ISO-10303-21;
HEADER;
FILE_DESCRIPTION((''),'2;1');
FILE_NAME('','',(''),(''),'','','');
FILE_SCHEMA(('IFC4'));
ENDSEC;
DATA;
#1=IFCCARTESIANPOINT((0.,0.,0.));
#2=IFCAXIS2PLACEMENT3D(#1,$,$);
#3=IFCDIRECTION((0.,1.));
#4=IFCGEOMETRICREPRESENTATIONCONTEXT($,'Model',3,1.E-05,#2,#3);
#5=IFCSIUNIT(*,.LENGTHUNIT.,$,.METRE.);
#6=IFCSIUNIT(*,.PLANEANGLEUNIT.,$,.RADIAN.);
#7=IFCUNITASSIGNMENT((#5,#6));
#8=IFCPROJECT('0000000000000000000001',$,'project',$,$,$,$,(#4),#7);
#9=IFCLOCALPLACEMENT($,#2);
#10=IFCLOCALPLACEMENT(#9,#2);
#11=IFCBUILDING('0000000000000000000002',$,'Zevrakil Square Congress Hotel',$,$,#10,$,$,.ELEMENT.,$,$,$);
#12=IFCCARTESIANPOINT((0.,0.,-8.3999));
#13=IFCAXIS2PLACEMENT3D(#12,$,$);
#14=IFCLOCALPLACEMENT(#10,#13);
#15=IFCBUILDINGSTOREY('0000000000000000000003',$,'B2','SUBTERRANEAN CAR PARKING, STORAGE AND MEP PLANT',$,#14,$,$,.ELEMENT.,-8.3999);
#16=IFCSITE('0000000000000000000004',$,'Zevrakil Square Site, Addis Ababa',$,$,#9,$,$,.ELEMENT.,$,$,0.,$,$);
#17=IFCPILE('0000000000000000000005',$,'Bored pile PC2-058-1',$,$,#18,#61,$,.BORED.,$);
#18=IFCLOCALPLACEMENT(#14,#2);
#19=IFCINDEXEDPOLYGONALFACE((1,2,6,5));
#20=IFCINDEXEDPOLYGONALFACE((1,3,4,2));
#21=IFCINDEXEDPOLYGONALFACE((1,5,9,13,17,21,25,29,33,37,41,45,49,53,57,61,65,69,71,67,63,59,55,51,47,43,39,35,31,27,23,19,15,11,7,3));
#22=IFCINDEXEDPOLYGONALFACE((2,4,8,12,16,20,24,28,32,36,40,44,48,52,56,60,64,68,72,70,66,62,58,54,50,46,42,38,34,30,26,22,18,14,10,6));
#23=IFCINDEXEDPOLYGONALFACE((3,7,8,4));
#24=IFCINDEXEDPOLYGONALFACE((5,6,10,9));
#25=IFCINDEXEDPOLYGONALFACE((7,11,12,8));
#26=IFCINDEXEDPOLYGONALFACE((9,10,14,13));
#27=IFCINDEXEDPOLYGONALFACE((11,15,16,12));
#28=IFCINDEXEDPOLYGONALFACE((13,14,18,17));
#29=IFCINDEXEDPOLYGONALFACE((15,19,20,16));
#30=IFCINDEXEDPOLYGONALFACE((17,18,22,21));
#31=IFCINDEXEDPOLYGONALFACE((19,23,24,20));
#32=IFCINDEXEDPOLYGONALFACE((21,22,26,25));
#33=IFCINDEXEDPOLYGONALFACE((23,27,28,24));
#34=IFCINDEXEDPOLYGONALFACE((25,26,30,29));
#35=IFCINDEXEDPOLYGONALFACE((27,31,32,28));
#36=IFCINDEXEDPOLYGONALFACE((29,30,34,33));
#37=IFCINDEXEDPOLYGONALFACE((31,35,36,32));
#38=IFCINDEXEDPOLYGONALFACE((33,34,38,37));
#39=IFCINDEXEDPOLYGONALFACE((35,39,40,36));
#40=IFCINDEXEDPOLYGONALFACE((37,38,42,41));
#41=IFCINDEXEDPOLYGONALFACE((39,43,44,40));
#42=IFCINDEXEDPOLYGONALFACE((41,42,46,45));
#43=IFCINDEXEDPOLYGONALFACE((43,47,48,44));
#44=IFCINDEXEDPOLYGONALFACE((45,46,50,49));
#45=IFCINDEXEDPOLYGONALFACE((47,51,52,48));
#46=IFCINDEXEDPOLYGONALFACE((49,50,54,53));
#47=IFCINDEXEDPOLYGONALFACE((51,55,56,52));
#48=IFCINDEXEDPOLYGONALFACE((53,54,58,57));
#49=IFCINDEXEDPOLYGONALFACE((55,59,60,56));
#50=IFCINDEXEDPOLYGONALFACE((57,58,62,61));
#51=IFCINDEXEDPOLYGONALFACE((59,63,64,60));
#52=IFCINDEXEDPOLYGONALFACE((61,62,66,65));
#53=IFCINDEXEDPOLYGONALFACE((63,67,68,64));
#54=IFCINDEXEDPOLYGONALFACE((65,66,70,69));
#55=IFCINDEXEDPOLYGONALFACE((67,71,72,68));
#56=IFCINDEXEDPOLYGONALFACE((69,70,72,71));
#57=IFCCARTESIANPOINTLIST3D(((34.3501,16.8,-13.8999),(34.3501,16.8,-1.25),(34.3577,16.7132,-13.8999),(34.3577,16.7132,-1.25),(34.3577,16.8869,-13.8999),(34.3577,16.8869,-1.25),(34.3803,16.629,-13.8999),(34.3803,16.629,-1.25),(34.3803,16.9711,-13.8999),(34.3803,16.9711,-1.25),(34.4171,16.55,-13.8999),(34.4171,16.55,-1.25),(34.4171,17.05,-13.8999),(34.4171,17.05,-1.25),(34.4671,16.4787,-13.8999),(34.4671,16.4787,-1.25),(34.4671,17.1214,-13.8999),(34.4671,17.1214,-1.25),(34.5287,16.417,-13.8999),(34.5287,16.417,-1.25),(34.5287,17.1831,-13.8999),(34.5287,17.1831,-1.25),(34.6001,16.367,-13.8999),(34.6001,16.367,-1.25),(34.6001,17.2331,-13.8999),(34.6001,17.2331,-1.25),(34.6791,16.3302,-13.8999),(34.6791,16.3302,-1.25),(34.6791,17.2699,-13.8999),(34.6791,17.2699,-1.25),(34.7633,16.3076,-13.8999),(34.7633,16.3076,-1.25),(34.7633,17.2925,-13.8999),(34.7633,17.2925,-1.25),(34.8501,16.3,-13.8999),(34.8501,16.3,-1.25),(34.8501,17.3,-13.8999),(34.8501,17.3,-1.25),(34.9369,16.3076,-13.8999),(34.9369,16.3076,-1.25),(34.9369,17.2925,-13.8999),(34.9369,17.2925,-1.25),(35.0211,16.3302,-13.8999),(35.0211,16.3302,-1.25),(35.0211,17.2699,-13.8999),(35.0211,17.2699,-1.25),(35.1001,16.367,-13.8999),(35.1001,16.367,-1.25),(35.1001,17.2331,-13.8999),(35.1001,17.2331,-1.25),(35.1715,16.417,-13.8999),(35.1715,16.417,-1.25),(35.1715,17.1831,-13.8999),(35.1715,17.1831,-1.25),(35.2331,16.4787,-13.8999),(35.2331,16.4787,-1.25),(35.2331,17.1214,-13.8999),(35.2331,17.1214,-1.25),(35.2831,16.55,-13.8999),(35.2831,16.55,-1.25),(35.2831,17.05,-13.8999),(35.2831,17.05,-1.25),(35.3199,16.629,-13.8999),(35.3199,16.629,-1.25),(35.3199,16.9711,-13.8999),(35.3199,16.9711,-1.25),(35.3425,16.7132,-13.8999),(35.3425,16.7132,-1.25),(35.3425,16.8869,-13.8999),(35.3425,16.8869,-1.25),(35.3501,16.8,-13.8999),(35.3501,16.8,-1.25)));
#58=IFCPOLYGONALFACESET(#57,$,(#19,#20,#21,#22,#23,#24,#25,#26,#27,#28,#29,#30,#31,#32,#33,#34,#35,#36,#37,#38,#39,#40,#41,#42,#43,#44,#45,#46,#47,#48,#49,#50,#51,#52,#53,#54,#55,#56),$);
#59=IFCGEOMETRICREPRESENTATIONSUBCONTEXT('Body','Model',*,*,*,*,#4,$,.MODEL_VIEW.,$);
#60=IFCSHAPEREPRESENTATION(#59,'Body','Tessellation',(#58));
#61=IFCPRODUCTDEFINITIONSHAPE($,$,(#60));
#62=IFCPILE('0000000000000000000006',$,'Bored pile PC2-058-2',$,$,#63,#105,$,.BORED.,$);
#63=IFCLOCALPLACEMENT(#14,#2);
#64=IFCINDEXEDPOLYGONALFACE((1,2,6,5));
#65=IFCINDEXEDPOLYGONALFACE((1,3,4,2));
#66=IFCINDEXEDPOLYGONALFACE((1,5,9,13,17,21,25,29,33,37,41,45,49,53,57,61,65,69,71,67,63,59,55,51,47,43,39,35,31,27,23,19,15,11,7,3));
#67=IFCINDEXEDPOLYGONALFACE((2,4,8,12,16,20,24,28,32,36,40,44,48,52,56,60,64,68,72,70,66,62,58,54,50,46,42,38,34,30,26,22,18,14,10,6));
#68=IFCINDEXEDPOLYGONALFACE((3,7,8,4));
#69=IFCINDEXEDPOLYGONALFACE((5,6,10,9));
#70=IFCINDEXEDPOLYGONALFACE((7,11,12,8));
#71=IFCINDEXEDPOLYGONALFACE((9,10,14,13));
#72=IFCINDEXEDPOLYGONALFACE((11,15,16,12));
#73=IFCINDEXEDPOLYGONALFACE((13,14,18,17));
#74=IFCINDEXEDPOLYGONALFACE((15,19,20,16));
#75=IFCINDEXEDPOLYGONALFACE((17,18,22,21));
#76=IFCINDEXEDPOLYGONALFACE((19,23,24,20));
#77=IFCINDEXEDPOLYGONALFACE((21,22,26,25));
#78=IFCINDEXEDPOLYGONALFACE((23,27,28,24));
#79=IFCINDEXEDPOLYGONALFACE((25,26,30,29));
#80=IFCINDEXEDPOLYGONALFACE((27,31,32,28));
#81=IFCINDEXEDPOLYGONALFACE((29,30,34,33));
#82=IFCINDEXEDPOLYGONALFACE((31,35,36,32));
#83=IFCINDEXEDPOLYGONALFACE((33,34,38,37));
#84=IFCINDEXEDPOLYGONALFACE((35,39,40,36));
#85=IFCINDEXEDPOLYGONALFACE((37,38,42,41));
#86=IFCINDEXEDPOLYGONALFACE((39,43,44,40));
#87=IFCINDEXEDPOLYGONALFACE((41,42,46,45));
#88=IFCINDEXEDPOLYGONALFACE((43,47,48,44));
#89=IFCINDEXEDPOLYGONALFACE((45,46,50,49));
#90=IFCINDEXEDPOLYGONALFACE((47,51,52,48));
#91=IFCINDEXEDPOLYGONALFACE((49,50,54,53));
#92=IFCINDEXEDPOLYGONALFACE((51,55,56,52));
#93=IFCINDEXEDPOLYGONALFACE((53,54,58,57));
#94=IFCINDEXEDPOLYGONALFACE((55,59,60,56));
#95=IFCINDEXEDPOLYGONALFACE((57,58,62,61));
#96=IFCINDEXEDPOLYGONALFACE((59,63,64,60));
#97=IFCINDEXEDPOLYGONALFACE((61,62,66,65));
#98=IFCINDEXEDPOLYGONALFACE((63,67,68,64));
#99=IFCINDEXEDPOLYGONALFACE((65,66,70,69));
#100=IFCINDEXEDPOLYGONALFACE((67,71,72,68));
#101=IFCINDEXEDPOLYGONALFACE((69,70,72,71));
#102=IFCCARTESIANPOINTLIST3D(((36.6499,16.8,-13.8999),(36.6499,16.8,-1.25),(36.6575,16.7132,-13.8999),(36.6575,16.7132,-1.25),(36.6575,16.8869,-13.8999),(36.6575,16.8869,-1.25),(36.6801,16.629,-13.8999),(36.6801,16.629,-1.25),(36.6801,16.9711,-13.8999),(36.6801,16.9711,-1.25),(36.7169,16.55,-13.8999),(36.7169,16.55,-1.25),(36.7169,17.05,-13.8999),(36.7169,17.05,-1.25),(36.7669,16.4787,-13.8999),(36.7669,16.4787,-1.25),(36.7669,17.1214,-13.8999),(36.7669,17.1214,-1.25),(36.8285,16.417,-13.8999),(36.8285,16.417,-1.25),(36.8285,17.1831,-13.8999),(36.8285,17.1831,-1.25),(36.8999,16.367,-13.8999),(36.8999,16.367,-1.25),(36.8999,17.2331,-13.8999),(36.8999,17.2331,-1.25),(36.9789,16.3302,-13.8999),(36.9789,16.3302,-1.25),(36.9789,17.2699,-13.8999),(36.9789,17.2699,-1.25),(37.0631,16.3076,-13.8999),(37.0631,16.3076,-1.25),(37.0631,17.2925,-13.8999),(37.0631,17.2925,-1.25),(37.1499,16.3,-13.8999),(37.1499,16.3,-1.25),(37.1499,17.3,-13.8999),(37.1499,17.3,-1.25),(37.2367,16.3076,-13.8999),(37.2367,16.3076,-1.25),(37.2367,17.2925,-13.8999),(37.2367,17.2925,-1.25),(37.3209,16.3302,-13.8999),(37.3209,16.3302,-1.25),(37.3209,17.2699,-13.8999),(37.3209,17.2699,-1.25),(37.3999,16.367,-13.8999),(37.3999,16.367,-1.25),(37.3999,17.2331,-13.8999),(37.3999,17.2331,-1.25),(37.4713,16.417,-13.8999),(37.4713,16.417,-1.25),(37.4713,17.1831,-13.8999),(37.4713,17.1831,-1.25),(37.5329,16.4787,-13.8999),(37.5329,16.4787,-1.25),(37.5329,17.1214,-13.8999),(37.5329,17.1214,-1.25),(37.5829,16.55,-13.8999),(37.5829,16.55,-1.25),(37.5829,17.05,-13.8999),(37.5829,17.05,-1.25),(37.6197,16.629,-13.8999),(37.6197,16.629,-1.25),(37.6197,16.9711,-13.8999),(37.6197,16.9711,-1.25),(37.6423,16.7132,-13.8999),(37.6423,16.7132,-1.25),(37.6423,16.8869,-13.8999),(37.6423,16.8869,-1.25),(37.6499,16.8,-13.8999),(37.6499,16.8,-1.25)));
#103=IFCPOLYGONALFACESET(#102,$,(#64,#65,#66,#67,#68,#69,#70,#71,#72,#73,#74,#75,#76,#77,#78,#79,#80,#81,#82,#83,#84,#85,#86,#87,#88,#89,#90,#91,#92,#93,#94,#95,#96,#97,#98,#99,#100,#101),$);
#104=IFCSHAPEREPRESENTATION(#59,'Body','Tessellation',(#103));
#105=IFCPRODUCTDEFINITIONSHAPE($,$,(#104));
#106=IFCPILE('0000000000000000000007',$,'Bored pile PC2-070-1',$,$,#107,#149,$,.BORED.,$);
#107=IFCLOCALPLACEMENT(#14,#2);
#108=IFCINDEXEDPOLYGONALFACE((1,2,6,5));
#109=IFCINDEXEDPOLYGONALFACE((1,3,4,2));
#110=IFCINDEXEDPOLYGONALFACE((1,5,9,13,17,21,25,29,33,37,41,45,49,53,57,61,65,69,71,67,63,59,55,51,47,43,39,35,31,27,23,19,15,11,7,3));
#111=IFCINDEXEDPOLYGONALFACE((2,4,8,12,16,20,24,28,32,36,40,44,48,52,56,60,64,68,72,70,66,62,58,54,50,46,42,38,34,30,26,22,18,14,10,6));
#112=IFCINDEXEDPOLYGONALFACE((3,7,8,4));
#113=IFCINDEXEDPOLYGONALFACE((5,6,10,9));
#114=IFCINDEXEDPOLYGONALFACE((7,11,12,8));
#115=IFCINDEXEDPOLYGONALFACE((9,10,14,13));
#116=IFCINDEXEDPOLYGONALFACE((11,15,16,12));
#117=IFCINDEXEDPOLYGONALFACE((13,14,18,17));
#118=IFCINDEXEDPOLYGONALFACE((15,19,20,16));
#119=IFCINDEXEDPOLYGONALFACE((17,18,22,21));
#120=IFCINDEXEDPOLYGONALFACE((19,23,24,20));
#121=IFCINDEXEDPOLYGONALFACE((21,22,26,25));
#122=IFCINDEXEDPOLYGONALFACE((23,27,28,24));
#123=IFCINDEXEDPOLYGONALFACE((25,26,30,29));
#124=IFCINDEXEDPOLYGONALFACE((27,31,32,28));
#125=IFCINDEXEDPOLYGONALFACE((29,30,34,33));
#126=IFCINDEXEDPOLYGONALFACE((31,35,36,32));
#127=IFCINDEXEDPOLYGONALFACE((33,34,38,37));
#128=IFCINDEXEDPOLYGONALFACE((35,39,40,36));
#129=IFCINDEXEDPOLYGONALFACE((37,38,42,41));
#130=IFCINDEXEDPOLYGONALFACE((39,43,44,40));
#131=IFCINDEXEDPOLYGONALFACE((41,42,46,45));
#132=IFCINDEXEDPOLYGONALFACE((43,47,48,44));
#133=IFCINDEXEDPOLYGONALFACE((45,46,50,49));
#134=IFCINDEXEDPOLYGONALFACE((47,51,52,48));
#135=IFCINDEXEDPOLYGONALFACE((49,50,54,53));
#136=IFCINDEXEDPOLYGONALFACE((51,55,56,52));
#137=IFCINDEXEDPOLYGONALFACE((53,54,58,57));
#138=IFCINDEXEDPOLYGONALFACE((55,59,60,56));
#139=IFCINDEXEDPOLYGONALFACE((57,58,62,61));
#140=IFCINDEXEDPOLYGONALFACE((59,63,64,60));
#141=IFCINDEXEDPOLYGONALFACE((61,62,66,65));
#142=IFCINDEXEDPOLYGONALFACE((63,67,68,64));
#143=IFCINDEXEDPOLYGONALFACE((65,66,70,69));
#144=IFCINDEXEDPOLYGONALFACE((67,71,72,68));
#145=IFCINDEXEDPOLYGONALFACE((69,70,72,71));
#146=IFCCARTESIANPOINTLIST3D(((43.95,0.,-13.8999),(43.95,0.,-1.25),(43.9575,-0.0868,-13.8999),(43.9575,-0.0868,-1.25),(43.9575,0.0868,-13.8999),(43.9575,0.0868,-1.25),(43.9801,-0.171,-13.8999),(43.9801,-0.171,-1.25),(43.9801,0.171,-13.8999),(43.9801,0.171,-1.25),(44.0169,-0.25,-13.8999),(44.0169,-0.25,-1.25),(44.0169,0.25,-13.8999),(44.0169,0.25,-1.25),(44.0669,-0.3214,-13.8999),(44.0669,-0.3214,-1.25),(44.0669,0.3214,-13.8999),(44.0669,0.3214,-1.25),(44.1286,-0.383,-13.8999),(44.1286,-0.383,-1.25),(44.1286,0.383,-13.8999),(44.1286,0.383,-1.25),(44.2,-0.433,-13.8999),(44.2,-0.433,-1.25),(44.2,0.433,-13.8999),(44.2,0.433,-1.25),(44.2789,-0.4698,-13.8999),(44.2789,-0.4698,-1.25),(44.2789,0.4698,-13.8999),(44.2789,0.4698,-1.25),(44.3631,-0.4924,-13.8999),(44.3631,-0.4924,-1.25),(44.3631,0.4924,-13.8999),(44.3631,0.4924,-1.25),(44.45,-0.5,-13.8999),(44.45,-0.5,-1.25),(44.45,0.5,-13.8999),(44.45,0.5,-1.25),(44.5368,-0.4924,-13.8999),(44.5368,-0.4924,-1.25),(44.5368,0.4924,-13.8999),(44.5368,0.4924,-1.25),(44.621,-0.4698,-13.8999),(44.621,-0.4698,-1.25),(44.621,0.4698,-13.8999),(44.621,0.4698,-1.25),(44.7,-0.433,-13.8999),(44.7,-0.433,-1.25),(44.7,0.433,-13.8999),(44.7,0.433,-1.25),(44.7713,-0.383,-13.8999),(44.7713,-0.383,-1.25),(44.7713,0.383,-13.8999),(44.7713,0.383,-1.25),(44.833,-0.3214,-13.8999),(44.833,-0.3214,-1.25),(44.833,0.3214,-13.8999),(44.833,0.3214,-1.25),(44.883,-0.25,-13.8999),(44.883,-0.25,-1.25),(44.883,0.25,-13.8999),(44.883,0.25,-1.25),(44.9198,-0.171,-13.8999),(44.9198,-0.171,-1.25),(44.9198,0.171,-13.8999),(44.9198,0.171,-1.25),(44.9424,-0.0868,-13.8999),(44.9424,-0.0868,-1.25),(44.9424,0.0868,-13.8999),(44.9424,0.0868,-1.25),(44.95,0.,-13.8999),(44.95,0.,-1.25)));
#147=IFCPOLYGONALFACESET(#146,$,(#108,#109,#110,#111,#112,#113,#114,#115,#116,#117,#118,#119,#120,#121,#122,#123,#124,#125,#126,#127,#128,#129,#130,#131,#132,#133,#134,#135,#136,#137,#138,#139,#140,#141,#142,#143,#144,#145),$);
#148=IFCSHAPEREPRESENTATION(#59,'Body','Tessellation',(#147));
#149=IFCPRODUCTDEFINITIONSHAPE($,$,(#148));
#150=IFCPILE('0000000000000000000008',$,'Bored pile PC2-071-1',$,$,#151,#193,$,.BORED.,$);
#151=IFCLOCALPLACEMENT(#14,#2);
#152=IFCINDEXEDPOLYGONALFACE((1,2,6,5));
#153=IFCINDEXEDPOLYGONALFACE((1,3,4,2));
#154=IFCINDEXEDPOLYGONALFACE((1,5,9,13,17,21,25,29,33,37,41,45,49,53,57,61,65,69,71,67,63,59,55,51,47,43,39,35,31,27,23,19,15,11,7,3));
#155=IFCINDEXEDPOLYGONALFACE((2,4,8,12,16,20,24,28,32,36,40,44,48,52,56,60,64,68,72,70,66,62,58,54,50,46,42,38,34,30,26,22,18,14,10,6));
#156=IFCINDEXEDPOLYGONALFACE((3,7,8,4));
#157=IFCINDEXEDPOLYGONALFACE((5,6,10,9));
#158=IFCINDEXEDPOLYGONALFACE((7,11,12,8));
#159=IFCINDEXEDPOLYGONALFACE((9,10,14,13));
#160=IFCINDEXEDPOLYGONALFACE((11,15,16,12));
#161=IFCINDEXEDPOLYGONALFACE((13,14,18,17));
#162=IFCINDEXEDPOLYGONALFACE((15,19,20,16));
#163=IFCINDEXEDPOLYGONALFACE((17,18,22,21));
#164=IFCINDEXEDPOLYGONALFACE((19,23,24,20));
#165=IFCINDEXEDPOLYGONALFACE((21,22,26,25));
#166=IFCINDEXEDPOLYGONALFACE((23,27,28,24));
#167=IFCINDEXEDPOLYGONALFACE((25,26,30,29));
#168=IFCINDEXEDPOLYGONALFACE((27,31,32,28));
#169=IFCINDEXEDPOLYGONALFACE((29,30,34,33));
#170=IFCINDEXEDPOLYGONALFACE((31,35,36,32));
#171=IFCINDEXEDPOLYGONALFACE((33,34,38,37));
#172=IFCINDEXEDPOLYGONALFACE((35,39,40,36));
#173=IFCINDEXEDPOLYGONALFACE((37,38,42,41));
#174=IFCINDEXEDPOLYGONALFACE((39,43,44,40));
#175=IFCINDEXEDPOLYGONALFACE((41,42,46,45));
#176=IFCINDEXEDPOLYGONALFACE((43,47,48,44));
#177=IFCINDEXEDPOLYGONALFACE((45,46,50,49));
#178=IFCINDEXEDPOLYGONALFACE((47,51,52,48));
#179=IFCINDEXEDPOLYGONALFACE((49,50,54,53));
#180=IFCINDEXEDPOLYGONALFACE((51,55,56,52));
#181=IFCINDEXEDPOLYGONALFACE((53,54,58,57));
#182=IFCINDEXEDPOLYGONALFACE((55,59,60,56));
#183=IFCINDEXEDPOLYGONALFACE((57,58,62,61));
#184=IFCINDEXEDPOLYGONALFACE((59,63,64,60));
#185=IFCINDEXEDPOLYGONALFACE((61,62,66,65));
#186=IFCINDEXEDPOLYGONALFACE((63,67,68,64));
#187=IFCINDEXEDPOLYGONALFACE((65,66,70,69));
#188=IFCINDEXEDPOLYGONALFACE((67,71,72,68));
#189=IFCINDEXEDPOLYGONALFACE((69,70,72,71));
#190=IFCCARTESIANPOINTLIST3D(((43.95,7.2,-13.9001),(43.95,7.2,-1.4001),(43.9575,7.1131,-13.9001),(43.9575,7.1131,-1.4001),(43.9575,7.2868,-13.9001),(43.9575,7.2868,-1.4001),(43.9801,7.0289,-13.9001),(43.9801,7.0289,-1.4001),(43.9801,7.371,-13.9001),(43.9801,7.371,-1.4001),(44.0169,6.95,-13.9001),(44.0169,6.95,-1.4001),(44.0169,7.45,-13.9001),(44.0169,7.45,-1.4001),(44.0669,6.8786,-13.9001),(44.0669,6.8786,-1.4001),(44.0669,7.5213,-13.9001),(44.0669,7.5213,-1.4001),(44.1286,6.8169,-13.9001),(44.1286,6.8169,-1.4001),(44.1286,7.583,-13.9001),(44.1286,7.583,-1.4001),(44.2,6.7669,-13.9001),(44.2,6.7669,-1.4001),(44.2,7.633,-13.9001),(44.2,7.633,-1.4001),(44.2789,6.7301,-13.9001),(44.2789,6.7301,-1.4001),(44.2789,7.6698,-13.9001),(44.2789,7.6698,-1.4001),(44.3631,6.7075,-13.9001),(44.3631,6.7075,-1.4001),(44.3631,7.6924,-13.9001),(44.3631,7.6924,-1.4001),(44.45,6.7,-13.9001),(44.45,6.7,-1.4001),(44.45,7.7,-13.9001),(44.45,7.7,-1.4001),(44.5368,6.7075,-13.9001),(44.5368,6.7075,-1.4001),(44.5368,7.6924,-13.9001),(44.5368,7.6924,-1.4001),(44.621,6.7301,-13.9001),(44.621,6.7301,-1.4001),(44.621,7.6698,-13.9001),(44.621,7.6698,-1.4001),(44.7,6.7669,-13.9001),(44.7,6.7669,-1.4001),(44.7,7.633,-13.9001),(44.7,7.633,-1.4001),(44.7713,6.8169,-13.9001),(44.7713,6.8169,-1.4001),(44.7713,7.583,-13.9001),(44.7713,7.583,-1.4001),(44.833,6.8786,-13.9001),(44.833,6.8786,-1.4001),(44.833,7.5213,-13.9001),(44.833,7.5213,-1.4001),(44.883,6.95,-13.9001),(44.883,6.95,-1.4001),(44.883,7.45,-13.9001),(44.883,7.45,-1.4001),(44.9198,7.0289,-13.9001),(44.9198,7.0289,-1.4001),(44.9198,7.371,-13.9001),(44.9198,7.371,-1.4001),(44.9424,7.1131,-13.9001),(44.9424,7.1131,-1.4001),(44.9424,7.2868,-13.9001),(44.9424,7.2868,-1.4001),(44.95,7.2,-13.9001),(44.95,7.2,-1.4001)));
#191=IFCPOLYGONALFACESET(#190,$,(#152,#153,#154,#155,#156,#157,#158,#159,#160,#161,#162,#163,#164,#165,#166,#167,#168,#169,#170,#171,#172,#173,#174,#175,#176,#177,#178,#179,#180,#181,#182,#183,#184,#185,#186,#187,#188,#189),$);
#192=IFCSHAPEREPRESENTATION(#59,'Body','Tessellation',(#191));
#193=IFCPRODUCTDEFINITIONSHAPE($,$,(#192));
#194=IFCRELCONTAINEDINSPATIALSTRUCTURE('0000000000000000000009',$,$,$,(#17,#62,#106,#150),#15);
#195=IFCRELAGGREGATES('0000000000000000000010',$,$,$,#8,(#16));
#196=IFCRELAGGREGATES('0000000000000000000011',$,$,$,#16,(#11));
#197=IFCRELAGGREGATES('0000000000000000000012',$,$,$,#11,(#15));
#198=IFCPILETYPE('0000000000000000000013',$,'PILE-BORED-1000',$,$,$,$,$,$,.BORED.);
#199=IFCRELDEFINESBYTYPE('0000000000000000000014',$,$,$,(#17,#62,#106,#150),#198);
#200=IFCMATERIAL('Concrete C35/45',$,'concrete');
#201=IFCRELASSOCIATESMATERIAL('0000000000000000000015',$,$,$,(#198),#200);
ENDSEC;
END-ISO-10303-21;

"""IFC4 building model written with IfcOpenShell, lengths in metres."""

from ifc_helpers import new_model, si_unit, direction, frame, origin, origin_2d, place, context, subcontext, project, spatial, circle, extrude, material, material_profile, profile_set, type_object, element, save


model = new_model("IFC4")

# Units and contexts
model_context = context("Model", 3, precision=1e-05, world=origin(), true_north=direction((0.0, 1.0)))
body_context = subcontext(model_context, "Body", "Model", "MODEL_VIEW")
ifc_project = project(units=[si_unit("LENGTHUNIT", "METRE"), si_unit("PLANEANGLEUNIT", "RADIAN")], contexts=[model_context])

# Site, building, storey
site_placement = place(None, origin())
site = spatial("IfcSite", under=ifc_project, at=site_placement, Name="Zevrakil Square Site, Addis Ababa", CompositionType="ELEMENT", RefElevation=0.0)
building_placement = place(site_placement, origin())
building = spatial("IfcBuilding", under=site, at=building_placement, Name="Zevrakil Square Congress Hotel", CompositionType="ELEMENT")
storey_placement = place(building_placement, frame((0.0, 0.0, -8.3999)))
storey = spatial("IfcBuildingStorey", under=building, at=storey_placement, Name="B2", Description="SUBTERRANEAN CAR PARKING, STORAGE AND MEP PLANT", CompositionType="ELEMENT", Elevation=-8.3999)

# Piles
ifc_material_1 = material(Name="Concrete C35/45", Category="concrete")
ifc_material_profile_1 = material_profile(ifc_material_1, circle(Radius=0.5, at=origin_2d()), Name="PILE D1000")
ifc_profile_set_1 = profile_set([ifc_material_profile_1], Name="Concrete C35/45")
pile_type = type_object("IfcPileType", Name="PILE-BORED-1000", PredefinedType="BORED", material=ifc_profile_set_1)
for number, where, z_axis, x_axis, name in (
    (1, (34.8501, 16.8, -1.25), (0.0, 0.0, -1.0), (1.0, 0.0, 0.0), "Bored pile PC2-058-1"),
    (2, (37.1499, 16.8, -1.25), (0.0, 0.0, -1.0), (1.0, 0.0, 0.0), "Bored pile PC2-058-2"),
    (3, (44.45, 0.0, -1.25), (0.0, 0.0, -1.0), (1.0, 0.0, 0.0), "Bored pile PC2-070-1"),
):
    element("IfcPile", number, at=place(storey_placement, frame(where, z_axis=z_axis, x_axis=x_axis)), inside=storey, type_object=pile_type, Name=name, PredefinedType="BORED", context=body_context, shape_type="SweptSolid", body=[
        extrude(circle(Radius=0.5, at=origin_2d()), origin(), (0.0, 0.0, 1.0), 12.6499),
    ])
for number, where, z_axis, x_axis, name in (
    (4, (44.45, 7.2, -1.4001), (0.0, 0.0, -1.0), (1.0, 0.0, 0.0), "Bored pile PC2-071-1"),
):
    element("IfcPile", number, at=place(storey_placement, frame(where, z_axis=z_axis, x_axis=x_axis)), inside=storey, type_object=pile_type, Name=name, PredefinedType="BORED", context=body_context, shape_type="SweptSolid", body=[
        extrude(circle(Radius=0.5, at=origin_2d()), origin(), (0.0, 0.0, 1.0), 12.5),
    ])

save(model, "model.ifc")
